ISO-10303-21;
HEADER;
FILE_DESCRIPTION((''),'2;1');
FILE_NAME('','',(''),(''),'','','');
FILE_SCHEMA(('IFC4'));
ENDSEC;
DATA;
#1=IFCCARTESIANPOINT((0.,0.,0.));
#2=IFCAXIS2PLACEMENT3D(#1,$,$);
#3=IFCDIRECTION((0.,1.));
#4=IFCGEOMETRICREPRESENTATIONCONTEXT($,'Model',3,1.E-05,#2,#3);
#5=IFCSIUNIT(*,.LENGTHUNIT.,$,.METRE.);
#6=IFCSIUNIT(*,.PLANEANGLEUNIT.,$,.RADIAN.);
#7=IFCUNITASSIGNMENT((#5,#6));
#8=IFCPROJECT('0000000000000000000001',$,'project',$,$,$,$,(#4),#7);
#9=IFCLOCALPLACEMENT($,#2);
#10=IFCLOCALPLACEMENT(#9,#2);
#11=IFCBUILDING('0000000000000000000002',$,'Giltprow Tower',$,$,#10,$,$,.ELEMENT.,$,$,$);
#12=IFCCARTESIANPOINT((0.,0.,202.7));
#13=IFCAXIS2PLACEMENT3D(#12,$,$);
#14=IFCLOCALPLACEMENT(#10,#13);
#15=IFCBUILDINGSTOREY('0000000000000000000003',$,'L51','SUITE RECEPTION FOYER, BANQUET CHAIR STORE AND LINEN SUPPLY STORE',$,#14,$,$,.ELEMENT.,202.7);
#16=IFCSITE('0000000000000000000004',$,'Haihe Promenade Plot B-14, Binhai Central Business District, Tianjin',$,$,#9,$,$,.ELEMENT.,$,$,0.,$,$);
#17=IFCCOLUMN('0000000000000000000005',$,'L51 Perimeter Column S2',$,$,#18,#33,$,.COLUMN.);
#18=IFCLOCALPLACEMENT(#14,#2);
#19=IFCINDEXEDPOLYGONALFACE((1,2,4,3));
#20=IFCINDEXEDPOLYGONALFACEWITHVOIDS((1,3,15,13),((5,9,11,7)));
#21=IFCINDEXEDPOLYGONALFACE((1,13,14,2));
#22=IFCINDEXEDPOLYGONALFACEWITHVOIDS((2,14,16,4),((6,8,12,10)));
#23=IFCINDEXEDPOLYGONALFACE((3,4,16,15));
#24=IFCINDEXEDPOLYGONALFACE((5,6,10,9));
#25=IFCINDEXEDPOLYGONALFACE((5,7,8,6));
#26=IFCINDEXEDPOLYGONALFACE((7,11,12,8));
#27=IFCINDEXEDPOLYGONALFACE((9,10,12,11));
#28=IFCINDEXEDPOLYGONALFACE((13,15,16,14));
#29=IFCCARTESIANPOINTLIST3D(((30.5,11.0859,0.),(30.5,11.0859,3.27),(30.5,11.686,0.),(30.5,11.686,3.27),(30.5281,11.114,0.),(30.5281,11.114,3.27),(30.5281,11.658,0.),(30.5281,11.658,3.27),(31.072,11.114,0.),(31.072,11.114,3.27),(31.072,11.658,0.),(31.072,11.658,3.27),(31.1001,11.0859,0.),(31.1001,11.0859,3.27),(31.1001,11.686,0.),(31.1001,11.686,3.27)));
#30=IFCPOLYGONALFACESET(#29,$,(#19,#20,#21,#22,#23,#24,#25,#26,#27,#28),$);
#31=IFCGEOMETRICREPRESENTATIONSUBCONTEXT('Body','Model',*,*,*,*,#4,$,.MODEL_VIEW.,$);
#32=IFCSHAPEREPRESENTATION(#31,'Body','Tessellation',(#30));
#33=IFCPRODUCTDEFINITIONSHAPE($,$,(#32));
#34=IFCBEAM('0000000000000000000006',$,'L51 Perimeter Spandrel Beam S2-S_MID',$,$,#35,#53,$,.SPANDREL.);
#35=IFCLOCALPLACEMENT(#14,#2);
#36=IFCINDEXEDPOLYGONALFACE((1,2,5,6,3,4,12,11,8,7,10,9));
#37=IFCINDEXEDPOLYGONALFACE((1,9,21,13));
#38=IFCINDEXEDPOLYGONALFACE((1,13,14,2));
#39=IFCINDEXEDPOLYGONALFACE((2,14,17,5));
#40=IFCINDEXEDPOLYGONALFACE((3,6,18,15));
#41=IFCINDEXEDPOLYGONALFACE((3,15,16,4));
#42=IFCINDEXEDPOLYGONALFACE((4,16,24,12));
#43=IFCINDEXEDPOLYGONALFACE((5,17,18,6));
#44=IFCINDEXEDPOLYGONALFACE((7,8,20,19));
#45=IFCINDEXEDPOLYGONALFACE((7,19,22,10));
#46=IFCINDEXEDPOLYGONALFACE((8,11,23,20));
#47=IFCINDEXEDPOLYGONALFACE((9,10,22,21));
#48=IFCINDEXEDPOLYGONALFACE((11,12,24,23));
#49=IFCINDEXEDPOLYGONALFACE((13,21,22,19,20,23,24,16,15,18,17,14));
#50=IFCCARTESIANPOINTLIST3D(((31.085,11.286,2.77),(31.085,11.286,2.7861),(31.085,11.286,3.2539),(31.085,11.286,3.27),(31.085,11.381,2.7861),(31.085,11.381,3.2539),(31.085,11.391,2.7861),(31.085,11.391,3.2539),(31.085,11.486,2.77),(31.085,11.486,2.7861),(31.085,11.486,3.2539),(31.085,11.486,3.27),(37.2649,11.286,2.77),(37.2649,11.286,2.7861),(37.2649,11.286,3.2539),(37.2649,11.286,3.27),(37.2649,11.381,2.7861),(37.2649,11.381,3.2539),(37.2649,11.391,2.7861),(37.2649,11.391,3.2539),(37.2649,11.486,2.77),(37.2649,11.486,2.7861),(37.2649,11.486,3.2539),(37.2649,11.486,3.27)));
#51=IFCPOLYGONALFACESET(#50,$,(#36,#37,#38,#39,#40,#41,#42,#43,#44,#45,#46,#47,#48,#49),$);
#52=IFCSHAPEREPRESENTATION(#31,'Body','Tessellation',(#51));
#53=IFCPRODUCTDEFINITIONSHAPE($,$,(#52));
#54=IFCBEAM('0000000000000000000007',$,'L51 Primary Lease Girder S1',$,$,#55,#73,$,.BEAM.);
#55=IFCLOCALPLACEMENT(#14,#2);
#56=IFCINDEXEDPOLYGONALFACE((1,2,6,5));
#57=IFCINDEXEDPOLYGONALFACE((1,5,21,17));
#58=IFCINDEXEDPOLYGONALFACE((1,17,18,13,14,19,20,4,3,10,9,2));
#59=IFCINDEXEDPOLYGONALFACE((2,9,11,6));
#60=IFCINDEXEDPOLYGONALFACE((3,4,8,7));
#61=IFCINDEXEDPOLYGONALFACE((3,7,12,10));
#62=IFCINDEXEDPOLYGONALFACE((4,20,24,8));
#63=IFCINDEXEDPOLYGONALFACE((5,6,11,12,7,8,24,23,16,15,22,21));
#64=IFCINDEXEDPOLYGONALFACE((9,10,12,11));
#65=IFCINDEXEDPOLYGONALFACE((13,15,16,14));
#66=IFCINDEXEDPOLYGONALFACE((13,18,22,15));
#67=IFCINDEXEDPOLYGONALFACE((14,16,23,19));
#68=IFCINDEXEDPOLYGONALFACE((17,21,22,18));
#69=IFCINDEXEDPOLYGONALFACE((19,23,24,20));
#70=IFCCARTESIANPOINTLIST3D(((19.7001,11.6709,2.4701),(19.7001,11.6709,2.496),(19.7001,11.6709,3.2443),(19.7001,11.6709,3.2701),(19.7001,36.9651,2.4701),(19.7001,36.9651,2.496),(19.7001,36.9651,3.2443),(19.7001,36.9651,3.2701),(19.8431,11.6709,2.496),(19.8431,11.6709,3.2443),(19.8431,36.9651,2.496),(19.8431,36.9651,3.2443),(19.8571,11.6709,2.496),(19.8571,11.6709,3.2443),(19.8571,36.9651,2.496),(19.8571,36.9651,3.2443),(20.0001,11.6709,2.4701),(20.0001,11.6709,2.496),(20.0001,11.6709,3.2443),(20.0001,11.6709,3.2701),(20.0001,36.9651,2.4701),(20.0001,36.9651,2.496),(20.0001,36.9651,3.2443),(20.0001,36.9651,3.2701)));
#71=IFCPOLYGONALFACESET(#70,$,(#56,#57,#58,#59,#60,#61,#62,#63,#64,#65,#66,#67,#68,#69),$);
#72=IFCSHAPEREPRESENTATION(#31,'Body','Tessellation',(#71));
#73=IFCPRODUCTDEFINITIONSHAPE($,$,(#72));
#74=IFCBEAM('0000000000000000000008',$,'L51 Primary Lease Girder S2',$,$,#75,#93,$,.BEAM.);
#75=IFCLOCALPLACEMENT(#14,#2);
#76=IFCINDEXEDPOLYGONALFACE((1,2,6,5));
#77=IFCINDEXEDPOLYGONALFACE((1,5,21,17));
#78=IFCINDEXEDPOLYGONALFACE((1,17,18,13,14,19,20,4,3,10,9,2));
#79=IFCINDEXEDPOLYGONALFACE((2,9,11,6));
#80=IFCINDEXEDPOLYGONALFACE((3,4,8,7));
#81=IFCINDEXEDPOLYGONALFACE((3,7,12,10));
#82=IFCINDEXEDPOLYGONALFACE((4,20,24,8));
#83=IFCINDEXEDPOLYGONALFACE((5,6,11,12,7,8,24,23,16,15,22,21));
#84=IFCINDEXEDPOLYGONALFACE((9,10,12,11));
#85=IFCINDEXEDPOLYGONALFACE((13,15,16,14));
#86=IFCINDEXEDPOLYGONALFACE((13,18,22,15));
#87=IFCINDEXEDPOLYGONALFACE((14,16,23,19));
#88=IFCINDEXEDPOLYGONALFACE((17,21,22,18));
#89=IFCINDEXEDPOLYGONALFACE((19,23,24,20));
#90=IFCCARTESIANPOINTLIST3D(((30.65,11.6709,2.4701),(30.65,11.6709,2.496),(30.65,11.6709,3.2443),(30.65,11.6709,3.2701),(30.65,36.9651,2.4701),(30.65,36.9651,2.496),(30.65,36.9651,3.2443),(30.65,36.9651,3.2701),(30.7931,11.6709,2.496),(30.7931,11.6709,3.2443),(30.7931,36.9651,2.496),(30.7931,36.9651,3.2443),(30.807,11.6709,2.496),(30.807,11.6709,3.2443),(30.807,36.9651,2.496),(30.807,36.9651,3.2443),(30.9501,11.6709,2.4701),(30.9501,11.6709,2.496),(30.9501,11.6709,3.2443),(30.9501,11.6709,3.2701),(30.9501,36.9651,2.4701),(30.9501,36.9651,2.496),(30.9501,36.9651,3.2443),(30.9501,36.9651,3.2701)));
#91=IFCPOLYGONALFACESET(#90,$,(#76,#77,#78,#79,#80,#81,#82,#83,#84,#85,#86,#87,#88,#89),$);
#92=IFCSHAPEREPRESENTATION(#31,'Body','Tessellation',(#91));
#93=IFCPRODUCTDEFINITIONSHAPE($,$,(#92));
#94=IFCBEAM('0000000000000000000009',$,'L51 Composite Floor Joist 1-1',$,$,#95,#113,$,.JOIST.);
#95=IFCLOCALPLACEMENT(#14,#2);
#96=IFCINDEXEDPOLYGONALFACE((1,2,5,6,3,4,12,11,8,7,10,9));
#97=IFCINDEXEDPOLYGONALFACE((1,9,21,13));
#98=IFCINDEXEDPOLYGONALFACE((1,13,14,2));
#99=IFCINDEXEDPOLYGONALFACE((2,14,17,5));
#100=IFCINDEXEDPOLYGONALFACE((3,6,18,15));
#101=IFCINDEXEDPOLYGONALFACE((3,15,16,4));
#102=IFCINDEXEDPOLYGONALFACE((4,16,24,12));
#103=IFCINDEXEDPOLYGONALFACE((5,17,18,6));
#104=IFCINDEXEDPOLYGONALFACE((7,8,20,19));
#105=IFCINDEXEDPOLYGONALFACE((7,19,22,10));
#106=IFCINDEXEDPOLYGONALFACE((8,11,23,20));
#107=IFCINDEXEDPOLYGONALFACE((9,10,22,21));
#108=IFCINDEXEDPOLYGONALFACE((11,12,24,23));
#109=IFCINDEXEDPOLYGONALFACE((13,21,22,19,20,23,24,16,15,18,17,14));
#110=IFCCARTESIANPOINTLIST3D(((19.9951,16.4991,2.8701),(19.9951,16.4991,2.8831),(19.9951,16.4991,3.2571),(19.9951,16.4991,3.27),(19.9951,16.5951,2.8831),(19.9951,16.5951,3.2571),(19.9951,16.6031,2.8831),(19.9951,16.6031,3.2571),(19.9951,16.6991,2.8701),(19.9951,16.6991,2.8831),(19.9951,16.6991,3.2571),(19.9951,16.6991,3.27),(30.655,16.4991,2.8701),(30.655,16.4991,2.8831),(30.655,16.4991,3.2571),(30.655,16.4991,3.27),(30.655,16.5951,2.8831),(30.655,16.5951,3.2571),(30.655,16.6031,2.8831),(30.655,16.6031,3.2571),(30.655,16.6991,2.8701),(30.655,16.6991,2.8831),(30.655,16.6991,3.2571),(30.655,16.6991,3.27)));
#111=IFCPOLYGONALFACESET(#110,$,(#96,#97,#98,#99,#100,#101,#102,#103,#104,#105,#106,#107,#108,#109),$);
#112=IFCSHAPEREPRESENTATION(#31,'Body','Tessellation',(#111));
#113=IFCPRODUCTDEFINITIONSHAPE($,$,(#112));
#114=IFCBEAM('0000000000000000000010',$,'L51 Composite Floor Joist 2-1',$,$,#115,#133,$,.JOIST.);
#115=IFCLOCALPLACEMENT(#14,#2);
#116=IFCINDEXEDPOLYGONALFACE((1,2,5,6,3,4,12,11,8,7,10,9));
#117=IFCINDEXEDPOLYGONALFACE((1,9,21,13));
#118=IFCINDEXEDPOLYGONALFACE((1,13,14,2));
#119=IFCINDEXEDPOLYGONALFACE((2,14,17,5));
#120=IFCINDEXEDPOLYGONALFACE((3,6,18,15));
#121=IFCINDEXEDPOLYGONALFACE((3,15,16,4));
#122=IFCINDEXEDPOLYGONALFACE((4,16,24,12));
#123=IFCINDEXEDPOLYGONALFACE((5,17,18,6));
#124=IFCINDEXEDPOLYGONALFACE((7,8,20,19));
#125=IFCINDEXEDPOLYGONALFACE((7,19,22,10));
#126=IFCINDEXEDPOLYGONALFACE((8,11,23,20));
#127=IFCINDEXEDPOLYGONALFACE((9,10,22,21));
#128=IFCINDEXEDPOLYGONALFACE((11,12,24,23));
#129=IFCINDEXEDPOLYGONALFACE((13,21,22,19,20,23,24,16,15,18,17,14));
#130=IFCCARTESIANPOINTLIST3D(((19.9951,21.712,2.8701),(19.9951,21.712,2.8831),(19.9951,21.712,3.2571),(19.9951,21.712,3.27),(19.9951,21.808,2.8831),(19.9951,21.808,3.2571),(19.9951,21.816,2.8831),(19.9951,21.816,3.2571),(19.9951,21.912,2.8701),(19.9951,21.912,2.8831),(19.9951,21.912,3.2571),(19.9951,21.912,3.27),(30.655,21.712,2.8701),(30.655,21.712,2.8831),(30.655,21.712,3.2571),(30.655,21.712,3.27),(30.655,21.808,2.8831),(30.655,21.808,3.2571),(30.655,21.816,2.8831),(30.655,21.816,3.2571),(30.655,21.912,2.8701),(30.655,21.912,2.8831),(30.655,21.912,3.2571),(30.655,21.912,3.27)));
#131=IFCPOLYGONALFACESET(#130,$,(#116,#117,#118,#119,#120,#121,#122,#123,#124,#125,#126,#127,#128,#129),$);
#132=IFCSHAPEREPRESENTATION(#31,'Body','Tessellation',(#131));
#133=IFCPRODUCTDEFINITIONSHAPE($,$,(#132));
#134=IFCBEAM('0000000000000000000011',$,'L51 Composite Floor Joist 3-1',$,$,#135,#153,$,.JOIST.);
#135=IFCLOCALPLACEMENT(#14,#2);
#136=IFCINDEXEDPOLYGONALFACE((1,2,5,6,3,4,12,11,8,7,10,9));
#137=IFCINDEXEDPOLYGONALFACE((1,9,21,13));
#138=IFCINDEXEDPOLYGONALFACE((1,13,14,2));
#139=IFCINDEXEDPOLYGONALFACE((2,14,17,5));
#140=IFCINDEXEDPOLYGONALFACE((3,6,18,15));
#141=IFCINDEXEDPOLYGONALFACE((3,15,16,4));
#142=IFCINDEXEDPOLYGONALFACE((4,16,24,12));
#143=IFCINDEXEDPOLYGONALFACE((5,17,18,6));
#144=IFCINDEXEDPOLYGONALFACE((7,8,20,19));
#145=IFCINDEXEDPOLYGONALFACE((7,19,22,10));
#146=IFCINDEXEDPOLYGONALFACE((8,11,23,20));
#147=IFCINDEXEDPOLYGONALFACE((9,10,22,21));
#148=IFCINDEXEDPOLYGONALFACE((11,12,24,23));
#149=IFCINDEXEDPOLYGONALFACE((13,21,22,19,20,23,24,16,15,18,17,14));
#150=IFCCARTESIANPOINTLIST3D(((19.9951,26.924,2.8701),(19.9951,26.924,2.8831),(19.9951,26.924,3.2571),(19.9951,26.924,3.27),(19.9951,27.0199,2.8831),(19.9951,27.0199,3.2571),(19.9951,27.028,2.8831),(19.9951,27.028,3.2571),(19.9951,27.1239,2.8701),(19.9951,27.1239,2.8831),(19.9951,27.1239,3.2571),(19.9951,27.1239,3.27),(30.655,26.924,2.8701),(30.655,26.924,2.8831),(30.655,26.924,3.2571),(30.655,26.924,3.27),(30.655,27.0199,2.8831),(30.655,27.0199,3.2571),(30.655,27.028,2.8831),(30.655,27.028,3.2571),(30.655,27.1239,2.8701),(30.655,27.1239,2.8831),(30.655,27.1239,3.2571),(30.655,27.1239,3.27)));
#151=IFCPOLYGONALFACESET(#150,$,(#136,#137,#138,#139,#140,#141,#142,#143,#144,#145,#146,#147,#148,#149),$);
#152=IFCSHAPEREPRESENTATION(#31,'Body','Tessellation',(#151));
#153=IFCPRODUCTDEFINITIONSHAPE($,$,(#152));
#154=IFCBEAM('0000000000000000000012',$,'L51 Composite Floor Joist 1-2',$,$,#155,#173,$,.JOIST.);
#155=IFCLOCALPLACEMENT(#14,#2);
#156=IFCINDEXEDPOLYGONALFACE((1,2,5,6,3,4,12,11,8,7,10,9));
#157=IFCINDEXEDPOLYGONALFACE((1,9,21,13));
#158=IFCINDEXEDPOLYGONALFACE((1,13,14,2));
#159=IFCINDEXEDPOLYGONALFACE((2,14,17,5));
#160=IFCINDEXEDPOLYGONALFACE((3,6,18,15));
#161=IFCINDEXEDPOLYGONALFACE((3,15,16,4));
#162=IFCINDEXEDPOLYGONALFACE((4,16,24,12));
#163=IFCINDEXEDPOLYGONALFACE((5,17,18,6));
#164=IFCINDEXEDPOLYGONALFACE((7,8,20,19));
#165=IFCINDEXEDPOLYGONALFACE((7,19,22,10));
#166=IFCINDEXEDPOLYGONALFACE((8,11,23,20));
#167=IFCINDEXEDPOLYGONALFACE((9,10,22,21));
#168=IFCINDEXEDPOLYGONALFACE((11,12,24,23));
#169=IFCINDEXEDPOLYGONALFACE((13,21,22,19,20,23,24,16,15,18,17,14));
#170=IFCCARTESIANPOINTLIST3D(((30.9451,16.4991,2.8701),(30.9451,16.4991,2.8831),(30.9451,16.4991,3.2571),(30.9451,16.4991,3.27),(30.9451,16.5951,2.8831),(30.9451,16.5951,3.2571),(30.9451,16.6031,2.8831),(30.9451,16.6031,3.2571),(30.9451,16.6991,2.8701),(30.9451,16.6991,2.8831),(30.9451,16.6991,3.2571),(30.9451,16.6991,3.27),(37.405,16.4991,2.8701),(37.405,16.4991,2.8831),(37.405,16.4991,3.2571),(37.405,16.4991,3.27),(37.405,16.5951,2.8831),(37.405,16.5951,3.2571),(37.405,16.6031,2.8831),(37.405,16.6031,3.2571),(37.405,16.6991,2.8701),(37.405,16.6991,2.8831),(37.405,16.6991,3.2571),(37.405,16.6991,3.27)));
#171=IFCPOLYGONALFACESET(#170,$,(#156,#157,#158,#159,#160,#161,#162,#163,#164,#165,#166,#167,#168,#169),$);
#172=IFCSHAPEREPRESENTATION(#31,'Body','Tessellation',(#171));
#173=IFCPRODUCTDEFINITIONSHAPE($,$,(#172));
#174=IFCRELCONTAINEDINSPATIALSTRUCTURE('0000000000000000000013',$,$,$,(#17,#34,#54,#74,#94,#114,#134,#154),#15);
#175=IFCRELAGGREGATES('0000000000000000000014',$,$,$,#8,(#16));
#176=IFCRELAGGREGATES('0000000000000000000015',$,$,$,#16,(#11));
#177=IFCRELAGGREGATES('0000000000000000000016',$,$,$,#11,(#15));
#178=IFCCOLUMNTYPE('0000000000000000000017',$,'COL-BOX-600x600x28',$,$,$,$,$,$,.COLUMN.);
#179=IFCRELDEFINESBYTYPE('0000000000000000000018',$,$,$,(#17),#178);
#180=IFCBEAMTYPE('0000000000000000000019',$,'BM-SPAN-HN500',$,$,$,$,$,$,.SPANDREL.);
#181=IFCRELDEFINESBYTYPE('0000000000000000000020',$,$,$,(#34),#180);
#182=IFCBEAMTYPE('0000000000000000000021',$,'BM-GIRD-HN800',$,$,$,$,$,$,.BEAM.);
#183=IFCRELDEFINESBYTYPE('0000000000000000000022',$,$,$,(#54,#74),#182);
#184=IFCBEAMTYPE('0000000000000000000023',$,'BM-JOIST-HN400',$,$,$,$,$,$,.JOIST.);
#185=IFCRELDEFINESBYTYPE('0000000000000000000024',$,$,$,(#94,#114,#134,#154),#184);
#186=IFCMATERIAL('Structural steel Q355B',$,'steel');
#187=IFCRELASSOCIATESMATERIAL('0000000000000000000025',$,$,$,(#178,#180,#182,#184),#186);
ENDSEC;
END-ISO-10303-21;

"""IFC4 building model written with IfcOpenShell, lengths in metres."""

from ifc_helpers import new_model, si_unit, direction, frame, origin, origin_2d, place, context, subcontext, project, spatial, hollow_rectangle, i_section, extrude, source, transform, mapped, material, material_profile, profile_set, type_object, element, save


model = new_model("IFC4")

# Units and contexts
model_context = context("Model", 3, precision=1e-05, world=origin(), true_north=direction((0.0, 1.0)))
body_context = subcontext(model_context, "Body", "Model", "MODEL_VIEW")
ifc_project = project(units=[si_unit("LENGTHUNIT", "METRE"), si_unit("PLANEANGLEUNIT", "RADIAN")], contexts=[model_context])

# Site, building, storey
site_placement = place(None, origin())
site = spatial("IfcSite", under=ifc_project, at=site_placement, Name="Haihe Promenade Plot B-14, Binhai Central Business District, Tianjin", CompositionType="ELEMENT", RefElevation=0.0)
building_placement = place(site_placement, origin())
building = spatial("IfcBuilding", under=site, at=building_placement, Name="Giltprow Tower", CompositionType="ELEMENT")
storey_placement = place(building_placement, frame((0.0, 0.0, 202.7)))
storey = spatial("IfcBuildingStorey", under=building, at=storey_placement, Name="L51", Description="SUITE RECEPTION FOYER, BANQUET CHAIR STORE AND LINEN SUPPLY STORE", CompositionType="ELEMENT", Elevation=202.7)

# Column
ifc_material_1 = material(Name="Structural steel Q355B", Category="steel")
ifc_material_profile_1 = material_profile(ifc_material_1, hollow_rectangle(XDim=0.6001, YDim=0.6001, WallThickness=0.0281, at=origin_2d()), Name="BOX 600x600x28")
ifc_profile_set_1 = profile_set([ifc_material_profile_1], Name="Structural steel Q355B")
column_type = type_object("IfcColumnType", Name="COL-BOX-600x600x28", PredefinedType="COLUMN", material=ifc_profile_set_1)
shared_shape_1 = source(origin(), body_context, "Body", "SweptSolid", [
    extrude(hollow_rectangle(XDim=0.6001, YDim=0.6001, WallThickness=0.0281, at=origin_2d()), origin(), (0.0, 0.0, 1.0), 3.27),
])
column_placement = place(storey_placement, frame((30.8, 11.386, 0.0), z_axis=(0.0, 0.0, 1.0), x_axis=(1.0, 0.0, 0.0)))
element("IfcColumn", 1, at=column_placement, inside=storey, type_object=column_type, Name="L51 Perimeter Column S2", PredefinedType="COLUMN", context=body_context, shape_type="MappedRepresentation", body=[
    mapped(shared_shape_1, transform((0.0, 0.0, 0.0), x_axis=(1.0, 0.0, 0.0), y_axis=(0.0, 1.0, 0.0), z_axis=(0.0, 0.0, 1.0), scale=1.0)),
])

# Beams
ifc_material_profile_2 = material_profile(ifc_material_1, i_section(OverallWidth=0.2, OverallDepth=0.5, WebThickness=0.01, FlangeThickness=0.0161, at=origin_2d()), Name="HN 500x200x10x16")
ifc_profile_set_2 = profile_set([ifc_material_profile_2], Name="Structural steel Q355B")
beam_type_1 = type_object("IfcBeamType", Name="BM-SPAN-HN500", PredefinedType="SPANDREL", material=ifc_profile_set_2)
shared_shape_2 = source(origin(), body_context, "Body", "SweptSolid", [
    extrude(i_section(OverallWidth=0.2, OverallDepth=0.5, WebThickness=0.01, FlangeThickness=0.0161, at=origin_2d()), origin(), (0.0, 0.0, 1.0), 6.1799),
])
beam_placement = place(storey_placement, frame((31.085, 11.386, 3.02), z_axis=(1.0, 0.0, 0.0), x_axis=(0.0, 1.0, 0.0)))
element("IfcBeam", 2, at=beam_placement, inside=storey, type_object=beam_type_1, Name="L51 Perimeter Spandrel Beam S2-S_MID", PredefinedType="SPANDREL", context=body_context, shape_type="MappedRepresentation", body=[
    mapped(shared_shape_2, transform((0.0, 0.0, 0.0), x_axis=(1.0, 0.0, 0.0), y_axis=(0.0, 1.0, 0.0), z_axis=(0.0, 0.0, 1.0), scale=1.0)),
])
ifc_material_profile_3 = material_profile(ifc_material_1, i_section(OverallWidth=0.3, OverallDepth=0.8, WebThickness=0.0139, FlangeThickness=0.0259, at=origin_2d()), Name="HN 800x300x14x26")
ifc_profile_set_3 = profile_set([ifc_material_profile_3], Name="Structural steel Q355B")
beam_type_2 = type_object("IfcBeamType", Name="BM-GIRD-HN800", PredefinedType="BEAM", material=ifc_profile_set_3)
shared_shape_3 = source(origin(), body_context, "Body", "SweptSolid", [
    extrude(i_section(OverallWidth=0.3, OverallDepth=0.8, WebThickness=0.0139, FlangeThickness=0.0259, at=origin_2d()), origin(), (0.0, 0.0, 1.0), 25.2942),
])
for number, where, z_axis, x_axis, name in (
    (3, (19.8501, 11.6709, 2.8701), (0.0, 1.0, 0.0), (-1.0, 0.0, 0.0), "L51 Primary Lease Girder S1"),
    (4, (30.8, 11.6709, 2.8701), (0.0, 1.0, 0.0), (-1.0, 0.0, 0.0), "L51 Primary Lease Girder S2"),
):
    element("IfcBeam", number, at=place(storey_placement, frame(where, z_axis=z_axis, x_axis=x_axis)), inside=storey, type_object=beam_type_2, Name=name, PredefinedType="BEAM", context=body_context, shape_type="MappedRepresentation", body=[
        mapped(shared_shape_3, transform((0.0, 0.0, 0.0), x_axis=(1.0, 0.0, 0.0), y_axis=(0.0, 1.0, 0.0), z_axis=(0.0, 0.0, 1.0), scale=1.0)),
    ])
ifc_material_profile_4 = material_profile(ifc_material_1, i_section(OverallWidth=0.2, OverallDepth=0.3999, WebThickness=0.0081, FlangeThickness=0.0129, at=origin_2d()), Name="HN 400x200x8x13")
ifc_profile_set_4 = profile_set([ifc_material_profile_4], Name="Structural steel Q355B")
beam_type_3 = type_object("IfcBeamType", Name="BM-JOIST-HN400", PredefinedType="JOIST", material=ifc_profile_set_4)
shared_shape_4 = source(origin(), body_context, "Body", "SweptSolid", [
    extrude(i_section(OverallWidth=0.2, OverallDepth=0.3999, WebThickness=0.0081, FlangeThickness=0.0129, at=origin_2d()), origin(), (0.0, 0.0, 1.0), 10.6599),
])
for number, where, z_axis, x_axis, name in (
    (5, (19.9951, 16.5991, 3.0701), (1.0, 0.0, 0.0), (0.0, 1.0, 0.0), "L51 Composite Floor Joist 1-1"),
    (6, (19.9951, 21.812, 3.0701), (1.0, 0.0, 0.0), (0.0, 1.0, 0.0), "L51 Composite Floor Joist 2-1"),
    (7, (19.9951, 27.0239, 3.0701), (1.0, 0.0, 0.0), (0.0, 1.0, 0.0), "L51 Composite Floor Joist 3-1"),
):
    element("IfcBeam", number, at=place(storey_placement, frame(where, z_axis=z_axis, x_axis=x_axis)), inside=storey, type_object=beam_type_3, Name=name, PredefinedType="JOIST", context=body_context, shape_type="MappedRepresentation", body=[
        mapped(shared_shape_4, transform((0.0, 0.0, 0.0), x_axis=(1.0, 0.0, 0.0), y_axis=(0.0, 1.0, 0.0), z_axis=(0.0, 0.0, 1.0), scale=1.0)),
    ])
shared_shape_5 = source(origin(), body_context, "Body", "SweptSolid", [
    extrude(i_section(OverallWidth=0.2, OverallDepth=0.3999, WebThickness=0.0081, FlangeThickness=0.0129, at=origin_2d()), origin(), (0.0, 0.0, 1.0), 6.46),
])
for number, where, z_axis, x_axis, name in (
    (8, (30.9451, 16.5991, 3.0701), (1.0, 0.0, 0.0), (0.0, 1.0, 0.0), "L51 Composite Floor Joist 1-2"),
):
    element("IfcBeam", number, at=place(storey_placement, frame(where, z_axis=z_axis, x_axis=x_axis)), inside=storey, type_object=beam_type_3, Name=name, PredefinedType="JOIST", context=body_context, shape_type="MappedRepresentation", body=[
        mapped(shared_shape_5, transform((0.0, 0.0, 0.0), x_axis=(1.0, 0.0, 0.0), y_axis=(0.0, 1.0, 0.0), z_axis=(0.0, 0.0, 1.0), scale=1.0)),
    ])

save(model, "model.ifc")
